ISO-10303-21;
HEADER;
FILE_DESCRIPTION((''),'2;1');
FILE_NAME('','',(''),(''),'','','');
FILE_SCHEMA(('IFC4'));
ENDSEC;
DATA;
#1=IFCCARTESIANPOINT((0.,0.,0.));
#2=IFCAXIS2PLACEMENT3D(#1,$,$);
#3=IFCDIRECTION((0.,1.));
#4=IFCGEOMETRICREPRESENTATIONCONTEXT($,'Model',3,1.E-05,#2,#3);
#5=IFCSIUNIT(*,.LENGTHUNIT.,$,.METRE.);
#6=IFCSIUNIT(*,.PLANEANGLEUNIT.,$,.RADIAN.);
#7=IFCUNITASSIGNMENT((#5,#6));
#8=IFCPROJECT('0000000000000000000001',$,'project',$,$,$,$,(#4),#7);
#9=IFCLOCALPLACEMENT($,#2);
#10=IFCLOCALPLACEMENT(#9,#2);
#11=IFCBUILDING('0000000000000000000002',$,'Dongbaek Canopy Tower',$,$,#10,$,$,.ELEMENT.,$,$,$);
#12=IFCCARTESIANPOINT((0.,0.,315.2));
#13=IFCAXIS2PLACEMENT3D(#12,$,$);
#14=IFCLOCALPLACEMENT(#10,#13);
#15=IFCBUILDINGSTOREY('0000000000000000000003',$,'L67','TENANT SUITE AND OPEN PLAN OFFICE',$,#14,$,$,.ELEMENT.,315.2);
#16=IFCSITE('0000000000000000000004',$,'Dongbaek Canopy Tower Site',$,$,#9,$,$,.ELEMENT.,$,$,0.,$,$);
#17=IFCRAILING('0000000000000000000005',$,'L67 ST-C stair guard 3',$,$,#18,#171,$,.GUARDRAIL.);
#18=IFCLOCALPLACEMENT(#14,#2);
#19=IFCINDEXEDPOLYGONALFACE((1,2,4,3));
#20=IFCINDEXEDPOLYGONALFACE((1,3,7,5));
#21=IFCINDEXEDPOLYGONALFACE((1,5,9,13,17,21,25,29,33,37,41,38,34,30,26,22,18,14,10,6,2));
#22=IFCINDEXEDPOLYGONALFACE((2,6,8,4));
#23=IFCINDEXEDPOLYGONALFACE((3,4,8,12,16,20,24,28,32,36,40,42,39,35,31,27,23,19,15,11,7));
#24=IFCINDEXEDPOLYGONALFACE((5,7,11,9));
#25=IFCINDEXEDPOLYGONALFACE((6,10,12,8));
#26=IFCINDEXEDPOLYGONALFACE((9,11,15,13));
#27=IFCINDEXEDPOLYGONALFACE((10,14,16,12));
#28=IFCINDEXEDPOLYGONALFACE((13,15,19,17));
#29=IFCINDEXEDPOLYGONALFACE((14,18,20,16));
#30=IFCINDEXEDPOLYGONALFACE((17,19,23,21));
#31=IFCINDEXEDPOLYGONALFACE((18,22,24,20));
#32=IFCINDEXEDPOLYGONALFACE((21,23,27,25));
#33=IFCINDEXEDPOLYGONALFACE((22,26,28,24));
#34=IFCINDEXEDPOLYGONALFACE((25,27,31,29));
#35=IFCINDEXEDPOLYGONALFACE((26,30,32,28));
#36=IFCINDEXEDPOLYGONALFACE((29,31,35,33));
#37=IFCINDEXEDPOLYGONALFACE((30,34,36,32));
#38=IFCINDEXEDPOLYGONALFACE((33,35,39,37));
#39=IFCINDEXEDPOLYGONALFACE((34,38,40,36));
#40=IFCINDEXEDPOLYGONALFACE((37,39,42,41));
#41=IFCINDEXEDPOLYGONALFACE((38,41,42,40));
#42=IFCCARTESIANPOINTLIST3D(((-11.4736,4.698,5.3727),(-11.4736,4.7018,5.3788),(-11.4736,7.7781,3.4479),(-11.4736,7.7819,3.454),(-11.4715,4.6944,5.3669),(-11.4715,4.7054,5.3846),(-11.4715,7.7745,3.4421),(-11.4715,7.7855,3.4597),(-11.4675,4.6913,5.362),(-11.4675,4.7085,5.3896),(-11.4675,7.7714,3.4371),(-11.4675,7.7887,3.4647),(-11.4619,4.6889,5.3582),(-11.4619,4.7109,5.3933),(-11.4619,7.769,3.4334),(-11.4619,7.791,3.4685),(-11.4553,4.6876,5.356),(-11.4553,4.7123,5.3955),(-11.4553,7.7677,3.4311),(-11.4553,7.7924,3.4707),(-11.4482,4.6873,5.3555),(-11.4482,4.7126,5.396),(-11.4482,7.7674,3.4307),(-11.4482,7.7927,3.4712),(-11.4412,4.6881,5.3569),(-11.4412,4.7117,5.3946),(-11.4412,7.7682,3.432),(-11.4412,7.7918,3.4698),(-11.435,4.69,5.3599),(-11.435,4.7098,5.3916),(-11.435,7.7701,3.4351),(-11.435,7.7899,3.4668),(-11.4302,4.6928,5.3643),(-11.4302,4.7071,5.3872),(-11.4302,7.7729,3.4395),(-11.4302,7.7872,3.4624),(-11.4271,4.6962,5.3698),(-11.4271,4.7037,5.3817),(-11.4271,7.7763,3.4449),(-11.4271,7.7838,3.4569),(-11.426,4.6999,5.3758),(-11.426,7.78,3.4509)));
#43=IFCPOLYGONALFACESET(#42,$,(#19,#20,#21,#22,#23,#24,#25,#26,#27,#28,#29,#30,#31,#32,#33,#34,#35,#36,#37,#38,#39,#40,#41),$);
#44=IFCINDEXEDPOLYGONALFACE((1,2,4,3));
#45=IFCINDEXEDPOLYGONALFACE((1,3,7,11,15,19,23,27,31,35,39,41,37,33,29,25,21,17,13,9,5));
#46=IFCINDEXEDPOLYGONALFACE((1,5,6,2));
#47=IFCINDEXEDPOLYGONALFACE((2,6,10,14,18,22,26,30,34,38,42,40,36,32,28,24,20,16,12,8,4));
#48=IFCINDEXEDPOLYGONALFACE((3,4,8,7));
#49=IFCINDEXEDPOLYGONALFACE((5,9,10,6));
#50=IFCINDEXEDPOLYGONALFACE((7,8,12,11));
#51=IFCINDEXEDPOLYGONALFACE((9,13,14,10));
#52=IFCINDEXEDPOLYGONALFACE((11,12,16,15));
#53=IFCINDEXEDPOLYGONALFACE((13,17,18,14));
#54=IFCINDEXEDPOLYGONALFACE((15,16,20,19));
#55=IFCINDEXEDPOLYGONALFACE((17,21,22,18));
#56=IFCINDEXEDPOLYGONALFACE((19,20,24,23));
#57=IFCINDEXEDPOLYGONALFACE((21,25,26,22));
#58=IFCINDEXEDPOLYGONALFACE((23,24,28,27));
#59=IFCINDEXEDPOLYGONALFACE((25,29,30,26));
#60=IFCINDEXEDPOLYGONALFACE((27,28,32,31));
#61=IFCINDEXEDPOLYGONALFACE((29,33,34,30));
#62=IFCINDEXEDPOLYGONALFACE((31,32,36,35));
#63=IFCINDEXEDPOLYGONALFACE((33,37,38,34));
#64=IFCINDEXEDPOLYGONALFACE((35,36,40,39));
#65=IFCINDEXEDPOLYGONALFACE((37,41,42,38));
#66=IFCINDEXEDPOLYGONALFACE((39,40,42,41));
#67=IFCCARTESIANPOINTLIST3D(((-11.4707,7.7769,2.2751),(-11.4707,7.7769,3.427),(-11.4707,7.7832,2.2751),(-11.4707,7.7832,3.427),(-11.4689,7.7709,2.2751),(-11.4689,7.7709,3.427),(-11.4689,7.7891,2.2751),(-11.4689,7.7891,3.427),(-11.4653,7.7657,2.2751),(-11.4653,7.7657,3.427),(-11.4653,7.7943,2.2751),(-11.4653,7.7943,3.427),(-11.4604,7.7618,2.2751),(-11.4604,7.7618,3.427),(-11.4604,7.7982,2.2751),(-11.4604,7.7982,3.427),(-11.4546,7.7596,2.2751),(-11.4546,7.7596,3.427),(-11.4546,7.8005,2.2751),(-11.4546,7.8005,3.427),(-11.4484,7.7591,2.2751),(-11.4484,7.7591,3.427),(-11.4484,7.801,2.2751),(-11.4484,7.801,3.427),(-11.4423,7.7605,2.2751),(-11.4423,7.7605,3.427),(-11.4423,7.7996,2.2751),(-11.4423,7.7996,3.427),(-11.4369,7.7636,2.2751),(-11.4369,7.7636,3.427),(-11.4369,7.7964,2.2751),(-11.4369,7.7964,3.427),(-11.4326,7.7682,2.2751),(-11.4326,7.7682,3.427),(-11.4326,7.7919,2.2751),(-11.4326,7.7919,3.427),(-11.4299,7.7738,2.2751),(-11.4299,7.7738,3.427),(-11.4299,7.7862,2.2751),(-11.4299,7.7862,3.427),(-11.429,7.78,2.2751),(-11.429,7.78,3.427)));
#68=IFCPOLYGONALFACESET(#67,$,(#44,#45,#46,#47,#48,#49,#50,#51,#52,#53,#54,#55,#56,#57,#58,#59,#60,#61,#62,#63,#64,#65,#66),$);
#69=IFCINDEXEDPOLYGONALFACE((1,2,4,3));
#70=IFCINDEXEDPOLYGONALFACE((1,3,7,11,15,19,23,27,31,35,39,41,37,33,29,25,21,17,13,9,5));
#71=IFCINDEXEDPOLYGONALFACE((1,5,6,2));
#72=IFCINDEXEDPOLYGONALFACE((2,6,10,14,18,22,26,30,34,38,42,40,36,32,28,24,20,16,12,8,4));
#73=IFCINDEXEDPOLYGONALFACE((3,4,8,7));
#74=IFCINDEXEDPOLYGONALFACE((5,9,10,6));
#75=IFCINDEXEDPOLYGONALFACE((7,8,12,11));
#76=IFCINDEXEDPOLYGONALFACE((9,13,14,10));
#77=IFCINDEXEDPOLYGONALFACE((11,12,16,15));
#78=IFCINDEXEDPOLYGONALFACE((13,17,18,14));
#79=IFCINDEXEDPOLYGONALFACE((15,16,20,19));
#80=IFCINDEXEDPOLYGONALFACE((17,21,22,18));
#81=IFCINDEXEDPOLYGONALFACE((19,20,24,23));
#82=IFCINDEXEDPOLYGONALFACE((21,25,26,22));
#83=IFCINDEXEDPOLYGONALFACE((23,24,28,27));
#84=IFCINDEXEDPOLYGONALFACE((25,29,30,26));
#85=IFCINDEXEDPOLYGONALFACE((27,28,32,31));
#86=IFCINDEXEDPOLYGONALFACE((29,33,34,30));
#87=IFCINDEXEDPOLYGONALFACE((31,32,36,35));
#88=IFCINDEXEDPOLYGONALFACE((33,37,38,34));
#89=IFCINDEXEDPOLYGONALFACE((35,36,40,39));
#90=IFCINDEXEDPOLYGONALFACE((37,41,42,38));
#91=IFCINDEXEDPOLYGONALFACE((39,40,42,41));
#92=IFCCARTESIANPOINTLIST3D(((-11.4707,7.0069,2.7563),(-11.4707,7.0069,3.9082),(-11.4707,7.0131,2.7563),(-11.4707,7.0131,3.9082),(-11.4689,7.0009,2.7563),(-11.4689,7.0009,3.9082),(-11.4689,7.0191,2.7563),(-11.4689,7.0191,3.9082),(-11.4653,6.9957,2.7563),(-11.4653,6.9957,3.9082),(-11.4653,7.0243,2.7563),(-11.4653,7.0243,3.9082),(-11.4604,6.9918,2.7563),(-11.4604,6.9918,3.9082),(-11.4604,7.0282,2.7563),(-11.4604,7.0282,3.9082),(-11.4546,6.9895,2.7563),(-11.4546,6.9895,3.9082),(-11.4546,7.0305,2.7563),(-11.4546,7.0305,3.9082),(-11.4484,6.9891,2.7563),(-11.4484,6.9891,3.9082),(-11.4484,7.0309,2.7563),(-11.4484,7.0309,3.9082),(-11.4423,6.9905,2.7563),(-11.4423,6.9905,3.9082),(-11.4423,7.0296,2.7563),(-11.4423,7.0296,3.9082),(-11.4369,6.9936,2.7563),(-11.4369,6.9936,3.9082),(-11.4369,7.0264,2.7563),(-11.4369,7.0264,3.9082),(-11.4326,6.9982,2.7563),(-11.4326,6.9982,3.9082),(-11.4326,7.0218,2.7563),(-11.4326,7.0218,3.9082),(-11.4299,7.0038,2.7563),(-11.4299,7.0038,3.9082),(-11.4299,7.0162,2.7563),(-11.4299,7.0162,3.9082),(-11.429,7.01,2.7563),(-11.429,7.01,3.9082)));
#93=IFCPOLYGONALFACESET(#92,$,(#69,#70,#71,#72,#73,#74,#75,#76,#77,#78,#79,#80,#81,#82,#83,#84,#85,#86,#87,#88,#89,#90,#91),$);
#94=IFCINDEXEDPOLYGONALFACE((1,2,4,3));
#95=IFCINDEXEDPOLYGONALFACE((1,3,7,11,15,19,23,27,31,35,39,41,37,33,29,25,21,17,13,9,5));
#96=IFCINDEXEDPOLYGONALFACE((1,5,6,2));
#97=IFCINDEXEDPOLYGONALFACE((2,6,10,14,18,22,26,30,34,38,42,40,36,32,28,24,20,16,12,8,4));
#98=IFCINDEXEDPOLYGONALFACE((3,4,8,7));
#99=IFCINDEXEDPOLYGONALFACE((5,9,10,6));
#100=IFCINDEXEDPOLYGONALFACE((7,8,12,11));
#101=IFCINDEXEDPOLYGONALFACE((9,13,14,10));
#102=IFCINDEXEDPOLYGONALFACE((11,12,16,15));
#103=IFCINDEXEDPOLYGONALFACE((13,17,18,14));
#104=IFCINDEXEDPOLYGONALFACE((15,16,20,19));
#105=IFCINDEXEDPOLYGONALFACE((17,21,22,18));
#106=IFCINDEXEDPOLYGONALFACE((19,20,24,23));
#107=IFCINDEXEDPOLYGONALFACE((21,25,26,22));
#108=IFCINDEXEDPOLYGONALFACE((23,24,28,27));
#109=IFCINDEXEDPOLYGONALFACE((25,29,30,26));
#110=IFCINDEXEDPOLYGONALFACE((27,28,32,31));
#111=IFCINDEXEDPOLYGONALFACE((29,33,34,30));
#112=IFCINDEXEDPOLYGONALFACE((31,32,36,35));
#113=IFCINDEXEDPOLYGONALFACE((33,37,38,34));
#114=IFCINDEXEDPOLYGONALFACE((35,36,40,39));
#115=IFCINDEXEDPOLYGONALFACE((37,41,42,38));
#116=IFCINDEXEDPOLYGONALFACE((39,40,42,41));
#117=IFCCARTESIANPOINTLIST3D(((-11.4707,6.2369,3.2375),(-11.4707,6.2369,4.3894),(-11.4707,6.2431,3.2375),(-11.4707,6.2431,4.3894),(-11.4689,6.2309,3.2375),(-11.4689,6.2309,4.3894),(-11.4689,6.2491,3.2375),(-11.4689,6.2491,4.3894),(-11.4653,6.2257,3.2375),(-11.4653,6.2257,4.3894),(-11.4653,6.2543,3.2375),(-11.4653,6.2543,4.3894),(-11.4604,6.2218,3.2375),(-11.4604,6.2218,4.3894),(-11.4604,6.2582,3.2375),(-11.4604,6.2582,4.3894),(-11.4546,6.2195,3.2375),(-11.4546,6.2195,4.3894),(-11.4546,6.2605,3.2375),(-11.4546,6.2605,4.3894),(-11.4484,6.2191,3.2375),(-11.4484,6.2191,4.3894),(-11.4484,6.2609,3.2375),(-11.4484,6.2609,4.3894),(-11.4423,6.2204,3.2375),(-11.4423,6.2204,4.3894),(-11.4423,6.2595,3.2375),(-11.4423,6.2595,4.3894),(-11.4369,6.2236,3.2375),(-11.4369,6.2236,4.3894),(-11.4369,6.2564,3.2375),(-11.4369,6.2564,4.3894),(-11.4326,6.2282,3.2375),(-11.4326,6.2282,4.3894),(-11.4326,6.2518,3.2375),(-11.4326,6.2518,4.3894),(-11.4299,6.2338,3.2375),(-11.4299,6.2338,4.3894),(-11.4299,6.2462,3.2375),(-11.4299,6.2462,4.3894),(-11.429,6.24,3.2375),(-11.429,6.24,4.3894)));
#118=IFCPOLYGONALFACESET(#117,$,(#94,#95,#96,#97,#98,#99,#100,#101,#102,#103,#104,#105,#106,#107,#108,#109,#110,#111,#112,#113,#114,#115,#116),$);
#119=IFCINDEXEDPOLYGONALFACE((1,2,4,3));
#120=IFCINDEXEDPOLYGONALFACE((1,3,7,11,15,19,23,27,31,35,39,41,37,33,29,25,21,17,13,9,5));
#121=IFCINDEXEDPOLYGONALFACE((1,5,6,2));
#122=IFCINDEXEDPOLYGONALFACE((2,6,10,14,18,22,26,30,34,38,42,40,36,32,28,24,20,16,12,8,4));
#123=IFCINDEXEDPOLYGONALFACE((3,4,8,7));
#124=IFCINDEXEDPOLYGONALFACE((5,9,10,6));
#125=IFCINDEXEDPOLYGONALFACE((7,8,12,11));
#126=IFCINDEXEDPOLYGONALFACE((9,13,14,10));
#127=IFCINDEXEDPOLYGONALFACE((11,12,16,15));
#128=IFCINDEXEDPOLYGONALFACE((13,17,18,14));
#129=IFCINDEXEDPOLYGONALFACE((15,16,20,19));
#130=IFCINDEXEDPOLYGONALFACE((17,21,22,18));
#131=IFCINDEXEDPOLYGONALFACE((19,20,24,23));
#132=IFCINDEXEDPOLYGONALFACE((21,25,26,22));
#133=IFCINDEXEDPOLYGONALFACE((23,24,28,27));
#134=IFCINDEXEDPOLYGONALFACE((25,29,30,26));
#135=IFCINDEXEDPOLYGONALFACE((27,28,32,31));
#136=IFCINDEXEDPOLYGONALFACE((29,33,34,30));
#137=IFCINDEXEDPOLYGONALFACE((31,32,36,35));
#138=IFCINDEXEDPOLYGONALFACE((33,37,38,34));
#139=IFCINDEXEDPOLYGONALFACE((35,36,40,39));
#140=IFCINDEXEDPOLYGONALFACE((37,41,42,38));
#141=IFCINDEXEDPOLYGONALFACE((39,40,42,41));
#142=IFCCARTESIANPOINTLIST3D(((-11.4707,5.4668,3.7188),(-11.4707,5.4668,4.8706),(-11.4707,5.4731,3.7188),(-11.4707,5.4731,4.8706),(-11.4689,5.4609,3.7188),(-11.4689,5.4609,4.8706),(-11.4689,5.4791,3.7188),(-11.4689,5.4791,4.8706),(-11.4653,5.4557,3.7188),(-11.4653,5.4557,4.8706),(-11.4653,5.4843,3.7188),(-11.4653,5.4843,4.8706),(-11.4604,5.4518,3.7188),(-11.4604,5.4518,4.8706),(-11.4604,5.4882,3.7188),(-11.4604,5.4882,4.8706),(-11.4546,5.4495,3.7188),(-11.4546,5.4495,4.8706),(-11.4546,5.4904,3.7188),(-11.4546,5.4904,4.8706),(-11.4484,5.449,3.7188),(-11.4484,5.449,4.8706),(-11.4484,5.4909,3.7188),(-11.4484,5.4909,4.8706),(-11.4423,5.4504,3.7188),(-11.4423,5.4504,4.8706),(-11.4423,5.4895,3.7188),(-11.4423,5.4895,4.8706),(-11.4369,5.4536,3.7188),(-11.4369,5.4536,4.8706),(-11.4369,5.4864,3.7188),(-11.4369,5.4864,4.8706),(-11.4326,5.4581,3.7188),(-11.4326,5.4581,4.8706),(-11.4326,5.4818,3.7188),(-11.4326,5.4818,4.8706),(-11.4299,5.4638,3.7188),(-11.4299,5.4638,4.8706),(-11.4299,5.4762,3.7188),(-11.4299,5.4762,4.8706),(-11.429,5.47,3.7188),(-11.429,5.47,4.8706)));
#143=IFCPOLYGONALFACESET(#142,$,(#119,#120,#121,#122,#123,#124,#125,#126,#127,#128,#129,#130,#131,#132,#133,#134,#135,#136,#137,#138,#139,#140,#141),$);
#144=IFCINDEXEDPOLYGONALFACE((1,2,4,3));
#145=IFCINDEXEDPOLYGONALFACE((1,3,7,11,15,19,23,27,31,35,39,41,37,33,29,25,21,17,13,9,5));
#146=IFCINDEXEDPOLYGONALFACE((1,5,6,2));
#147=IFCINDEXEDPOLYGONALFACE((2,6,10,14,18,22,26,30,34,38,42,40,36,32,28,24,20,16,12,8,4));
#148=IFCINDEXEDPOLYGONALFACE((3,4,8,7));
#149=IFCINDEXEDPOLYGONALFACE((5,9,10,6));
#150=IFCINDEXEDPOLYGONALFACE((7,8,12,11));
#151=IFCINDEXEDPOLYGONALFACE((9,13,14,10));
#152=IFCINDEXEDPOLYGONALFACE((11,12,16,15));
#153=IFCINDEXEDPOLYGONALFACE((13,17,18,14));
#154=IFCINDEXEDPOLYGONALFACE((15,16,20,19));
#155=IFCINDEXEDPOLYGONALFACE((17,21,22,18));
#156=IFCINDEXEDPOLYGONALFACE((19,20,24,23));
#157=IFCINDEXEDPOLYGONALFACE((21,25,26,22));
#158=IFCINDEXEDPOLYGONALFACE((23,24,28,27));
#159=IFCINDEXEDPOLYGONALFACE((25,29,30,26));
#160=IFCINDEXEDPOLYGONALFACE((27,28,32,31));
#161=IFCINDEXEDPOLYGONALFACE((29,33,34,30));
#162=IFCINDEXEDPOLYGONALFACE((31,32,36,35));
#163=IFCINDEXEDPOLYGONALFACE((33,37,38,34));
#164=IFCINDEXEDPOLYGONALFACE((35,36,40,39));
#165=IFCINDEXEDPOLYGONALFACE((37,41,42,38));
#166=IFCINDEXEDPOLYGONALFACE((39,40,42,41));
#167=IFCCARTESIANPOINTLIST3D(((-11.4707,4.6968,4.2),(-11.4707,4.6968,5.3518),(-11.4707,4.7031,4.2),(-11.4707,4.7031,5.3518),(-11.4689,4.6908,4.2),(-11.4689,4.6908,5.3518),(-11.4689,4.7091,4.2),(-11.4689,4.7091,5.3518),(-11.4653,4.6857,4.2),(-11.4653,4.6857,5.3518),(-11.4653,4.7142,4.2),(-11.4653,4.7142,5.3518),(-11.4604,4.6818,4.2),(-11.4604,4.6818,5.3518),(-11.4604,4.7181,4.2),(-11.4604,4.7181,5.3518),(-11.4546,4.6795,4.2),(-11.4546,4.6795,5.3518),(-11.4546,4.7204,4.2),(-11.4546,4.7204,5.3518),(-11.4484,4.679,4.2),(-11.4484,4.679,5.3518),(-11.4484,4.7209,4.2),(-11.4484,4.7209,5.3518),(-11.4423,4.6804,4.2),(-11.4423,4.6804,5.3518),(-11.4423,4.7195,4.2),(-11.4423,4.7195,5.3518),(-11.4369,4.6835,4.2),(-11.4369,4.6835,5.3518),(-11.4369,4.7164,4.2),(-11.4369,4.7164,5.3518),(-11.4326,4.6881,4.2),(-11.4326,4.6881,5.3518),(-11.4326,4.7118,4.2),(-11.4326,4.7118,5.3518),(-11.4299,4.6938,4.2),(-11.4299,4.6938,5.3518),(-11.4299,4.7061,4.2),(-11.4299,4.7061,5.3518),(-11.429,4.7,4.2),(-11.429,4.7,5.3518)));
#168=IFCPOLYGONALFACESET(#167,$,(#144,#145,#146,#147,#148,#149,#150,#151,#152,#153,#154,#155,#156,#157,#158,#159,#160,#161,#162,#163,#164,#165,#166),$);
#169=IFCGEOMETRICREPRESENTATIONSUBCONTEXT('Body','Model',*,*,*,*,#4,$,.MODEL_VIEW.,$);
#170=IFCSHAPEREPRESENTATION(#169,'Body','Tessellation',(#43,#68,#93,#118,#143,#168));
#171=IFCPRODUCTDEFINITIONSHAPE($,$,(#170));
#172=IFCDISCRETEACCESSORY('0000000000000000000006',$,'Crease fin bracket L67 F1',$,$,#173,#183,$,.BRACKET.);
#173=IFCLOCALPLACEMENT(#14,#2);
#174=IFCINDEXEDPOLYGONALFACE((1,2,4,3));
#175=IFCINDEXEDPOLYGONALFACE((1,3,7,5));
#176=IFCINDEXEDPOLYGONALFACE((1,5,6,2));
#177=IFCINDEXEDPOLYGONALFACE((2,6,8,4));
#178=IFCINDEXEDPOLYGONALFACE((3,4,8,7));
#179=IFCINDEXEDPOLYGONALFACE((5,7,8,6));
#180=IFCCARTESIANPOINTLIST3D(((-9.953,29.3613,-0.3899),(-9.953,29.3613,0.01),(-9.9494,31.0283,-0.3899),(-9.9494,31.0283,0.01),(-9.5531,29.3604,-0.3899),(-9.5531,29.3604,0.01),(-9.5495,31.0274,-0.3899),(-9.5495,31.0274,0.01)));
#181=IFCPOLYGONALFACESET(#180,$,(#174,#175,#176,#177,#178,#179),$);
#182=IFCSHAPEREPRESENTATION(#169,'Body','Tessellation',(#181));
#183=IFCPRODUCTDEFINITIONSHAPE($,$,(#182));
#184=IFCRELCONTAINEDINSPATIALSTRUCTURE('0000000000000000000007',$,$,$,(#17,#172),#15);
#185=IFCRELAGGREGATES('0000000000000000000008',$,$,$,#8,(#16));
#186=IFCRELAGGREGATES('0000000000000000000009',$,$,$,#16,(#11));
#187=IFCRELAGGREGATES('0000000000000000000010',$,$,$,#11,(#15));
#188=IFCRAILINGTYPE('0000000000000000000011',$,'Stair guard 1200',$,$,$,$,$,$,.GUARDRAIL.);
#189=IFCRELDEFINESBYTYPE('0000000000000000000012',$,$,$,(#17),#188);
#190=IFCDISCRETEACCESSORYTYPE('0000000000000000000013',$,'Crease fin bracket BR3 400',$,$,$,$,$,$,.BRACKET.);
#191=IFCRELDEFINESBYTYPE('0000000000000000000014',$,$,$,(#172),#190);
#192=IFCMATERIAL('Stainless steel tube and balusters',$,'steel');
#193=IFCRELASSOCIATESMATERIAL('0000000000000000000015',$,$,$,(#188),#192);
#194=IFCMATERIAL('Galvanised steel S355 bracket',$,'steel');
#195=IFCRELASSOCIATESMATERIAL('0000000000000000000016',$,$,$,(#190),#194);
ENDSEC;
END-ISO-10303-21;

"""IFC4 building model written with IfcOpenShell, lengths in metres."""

from ifc_helpers import new_model, si_unit, direction, frame, origin, origin_2d, place, context, subcontext, project, spatial, rectangle, circle, extrude, material, type_object, element, save


model = new_model("IFC4")

# Units and contexts
model_context = context("Model", 3, precision=1e-05, world=origin(), true_north=direction((0.0, 1.0)))
body_context = subcontext(model_context, "Body", "Model", "MODEL_VIEW")
ifc_project = project(units=[si_unit("LENGTHUNIT", "METRE"), si_unit("PLANEANGLEUNIT", "RADIAN")], contexts=[model_context])

# Site, building, storey
site_placement = place(None, origin())
site = spatial("IfcSite", under=ifc_project, at=site_placement, Name="Dongbaek Canopy Tower Site", CompositionType="ELEMENT", RefElevation=0.0)
building_placement = place(site_placement, origin())
building = spatial("IfcBuilding", under=site, at=building_placement, Name="Dongbaek Canopy Tower", CompositionType="ELEMENT")
storey_placement = place(building_placement, frame((0.0, 0.0, 315.2)))
storey = spatial("IfcBuildingStorey", under=building, at=storey_placement, Name="L67", Description="TENANT SUITE AND OPEN PLAN OFFICE", CompositionType="ELEMENT", Elevation=315.2)

# Railing
ifc_material_1 = material(Name="Stainless steel tube and balusters", Category="steel")
railing_type = type_object("IfcRailingType", Name="Stair guard 1200", PredefinedType="GUARDRAIL", material=ifc_material_1)
railing_1_placement = place(storey_placement, frame((-11.45, 7.78, 2.2751)))
element("IfcRailing", 1, at=railing_1_placement, inside=storey, type_object=railing_type, Name="L67 ST-C stair guard 3", PredefinedType="GUARDRAIL", context=body_context, shape_type="SweptSolid", body=[
    extrude(circle(Radius=0.0239, at=origin_2d()), frame((0.0, 0.0, 1.1758), z_axis=(0.0, -0.848029, 0.529951), x_axis=(1.0, 0.0, 0.0)), (0.0, 0.0, 1.0), 3.6321),
    extrude(circle(Radius=0.021, at=origin_2d()), origin(), (0.0, 0.0, 1.0), 1.1519),
    extrude(circle(Radius=0.021, at=origin_2d()), frame((0.0, -0.77, 0.4812)), (0.0, 0.0, 1.0), 1.1519),
    extrude(circle(Radius=0.021, at=origin_2d()), frame((0.0, -1.54, 0.9624)), (0.0, 0.0, 1.0), 1.1519),
    extrude(circle(Radius=0.021, at=origin_2d()), frame((0.0, -2.3101, 1.4436)), (0.0, 0.0, 1.0), 1.1519),
    extrude(circle(Radius=0.021, at=origin_2d()), frame((0.0, -3.0801, 1.9248)), (0.0, 0.0, 1.0), 1.1519),
])

# Discrete accessory
ifc_material_2 = material(Name="Galvanised steel S355 bracket", Category="steel")
discrete_accessory_type = type_object("IfcDiscreteAccessoryType", Name="Crease fin bracket BR3 400", PredefinedType="BRACKET", material=ifc_material_2)
discrete_accessory_placement = place(storey_placement, frame((-9.7512, 30.1943, -0.3899), z_axis=(0.0, 0.0, 1.0), x_axis=(0.00218, 0.999998, 0.0)))
element("IfcDiscreteAccessory", 2, at=discrete_accessory_placement, inside=storey, type_object=discrete_accessory_type, Name="Crease fin bracket L67 F1", PredefinedType="BRACKET", context=body_context, shape_type="SweptSolid", body=[
    extrude(rectangle(XDim=1.667, YDim=0.3999, at=origin_2d()), origin(), (0.0, 0.0, 1.0), 0.3999),
])

save(model, "model.ifc")
